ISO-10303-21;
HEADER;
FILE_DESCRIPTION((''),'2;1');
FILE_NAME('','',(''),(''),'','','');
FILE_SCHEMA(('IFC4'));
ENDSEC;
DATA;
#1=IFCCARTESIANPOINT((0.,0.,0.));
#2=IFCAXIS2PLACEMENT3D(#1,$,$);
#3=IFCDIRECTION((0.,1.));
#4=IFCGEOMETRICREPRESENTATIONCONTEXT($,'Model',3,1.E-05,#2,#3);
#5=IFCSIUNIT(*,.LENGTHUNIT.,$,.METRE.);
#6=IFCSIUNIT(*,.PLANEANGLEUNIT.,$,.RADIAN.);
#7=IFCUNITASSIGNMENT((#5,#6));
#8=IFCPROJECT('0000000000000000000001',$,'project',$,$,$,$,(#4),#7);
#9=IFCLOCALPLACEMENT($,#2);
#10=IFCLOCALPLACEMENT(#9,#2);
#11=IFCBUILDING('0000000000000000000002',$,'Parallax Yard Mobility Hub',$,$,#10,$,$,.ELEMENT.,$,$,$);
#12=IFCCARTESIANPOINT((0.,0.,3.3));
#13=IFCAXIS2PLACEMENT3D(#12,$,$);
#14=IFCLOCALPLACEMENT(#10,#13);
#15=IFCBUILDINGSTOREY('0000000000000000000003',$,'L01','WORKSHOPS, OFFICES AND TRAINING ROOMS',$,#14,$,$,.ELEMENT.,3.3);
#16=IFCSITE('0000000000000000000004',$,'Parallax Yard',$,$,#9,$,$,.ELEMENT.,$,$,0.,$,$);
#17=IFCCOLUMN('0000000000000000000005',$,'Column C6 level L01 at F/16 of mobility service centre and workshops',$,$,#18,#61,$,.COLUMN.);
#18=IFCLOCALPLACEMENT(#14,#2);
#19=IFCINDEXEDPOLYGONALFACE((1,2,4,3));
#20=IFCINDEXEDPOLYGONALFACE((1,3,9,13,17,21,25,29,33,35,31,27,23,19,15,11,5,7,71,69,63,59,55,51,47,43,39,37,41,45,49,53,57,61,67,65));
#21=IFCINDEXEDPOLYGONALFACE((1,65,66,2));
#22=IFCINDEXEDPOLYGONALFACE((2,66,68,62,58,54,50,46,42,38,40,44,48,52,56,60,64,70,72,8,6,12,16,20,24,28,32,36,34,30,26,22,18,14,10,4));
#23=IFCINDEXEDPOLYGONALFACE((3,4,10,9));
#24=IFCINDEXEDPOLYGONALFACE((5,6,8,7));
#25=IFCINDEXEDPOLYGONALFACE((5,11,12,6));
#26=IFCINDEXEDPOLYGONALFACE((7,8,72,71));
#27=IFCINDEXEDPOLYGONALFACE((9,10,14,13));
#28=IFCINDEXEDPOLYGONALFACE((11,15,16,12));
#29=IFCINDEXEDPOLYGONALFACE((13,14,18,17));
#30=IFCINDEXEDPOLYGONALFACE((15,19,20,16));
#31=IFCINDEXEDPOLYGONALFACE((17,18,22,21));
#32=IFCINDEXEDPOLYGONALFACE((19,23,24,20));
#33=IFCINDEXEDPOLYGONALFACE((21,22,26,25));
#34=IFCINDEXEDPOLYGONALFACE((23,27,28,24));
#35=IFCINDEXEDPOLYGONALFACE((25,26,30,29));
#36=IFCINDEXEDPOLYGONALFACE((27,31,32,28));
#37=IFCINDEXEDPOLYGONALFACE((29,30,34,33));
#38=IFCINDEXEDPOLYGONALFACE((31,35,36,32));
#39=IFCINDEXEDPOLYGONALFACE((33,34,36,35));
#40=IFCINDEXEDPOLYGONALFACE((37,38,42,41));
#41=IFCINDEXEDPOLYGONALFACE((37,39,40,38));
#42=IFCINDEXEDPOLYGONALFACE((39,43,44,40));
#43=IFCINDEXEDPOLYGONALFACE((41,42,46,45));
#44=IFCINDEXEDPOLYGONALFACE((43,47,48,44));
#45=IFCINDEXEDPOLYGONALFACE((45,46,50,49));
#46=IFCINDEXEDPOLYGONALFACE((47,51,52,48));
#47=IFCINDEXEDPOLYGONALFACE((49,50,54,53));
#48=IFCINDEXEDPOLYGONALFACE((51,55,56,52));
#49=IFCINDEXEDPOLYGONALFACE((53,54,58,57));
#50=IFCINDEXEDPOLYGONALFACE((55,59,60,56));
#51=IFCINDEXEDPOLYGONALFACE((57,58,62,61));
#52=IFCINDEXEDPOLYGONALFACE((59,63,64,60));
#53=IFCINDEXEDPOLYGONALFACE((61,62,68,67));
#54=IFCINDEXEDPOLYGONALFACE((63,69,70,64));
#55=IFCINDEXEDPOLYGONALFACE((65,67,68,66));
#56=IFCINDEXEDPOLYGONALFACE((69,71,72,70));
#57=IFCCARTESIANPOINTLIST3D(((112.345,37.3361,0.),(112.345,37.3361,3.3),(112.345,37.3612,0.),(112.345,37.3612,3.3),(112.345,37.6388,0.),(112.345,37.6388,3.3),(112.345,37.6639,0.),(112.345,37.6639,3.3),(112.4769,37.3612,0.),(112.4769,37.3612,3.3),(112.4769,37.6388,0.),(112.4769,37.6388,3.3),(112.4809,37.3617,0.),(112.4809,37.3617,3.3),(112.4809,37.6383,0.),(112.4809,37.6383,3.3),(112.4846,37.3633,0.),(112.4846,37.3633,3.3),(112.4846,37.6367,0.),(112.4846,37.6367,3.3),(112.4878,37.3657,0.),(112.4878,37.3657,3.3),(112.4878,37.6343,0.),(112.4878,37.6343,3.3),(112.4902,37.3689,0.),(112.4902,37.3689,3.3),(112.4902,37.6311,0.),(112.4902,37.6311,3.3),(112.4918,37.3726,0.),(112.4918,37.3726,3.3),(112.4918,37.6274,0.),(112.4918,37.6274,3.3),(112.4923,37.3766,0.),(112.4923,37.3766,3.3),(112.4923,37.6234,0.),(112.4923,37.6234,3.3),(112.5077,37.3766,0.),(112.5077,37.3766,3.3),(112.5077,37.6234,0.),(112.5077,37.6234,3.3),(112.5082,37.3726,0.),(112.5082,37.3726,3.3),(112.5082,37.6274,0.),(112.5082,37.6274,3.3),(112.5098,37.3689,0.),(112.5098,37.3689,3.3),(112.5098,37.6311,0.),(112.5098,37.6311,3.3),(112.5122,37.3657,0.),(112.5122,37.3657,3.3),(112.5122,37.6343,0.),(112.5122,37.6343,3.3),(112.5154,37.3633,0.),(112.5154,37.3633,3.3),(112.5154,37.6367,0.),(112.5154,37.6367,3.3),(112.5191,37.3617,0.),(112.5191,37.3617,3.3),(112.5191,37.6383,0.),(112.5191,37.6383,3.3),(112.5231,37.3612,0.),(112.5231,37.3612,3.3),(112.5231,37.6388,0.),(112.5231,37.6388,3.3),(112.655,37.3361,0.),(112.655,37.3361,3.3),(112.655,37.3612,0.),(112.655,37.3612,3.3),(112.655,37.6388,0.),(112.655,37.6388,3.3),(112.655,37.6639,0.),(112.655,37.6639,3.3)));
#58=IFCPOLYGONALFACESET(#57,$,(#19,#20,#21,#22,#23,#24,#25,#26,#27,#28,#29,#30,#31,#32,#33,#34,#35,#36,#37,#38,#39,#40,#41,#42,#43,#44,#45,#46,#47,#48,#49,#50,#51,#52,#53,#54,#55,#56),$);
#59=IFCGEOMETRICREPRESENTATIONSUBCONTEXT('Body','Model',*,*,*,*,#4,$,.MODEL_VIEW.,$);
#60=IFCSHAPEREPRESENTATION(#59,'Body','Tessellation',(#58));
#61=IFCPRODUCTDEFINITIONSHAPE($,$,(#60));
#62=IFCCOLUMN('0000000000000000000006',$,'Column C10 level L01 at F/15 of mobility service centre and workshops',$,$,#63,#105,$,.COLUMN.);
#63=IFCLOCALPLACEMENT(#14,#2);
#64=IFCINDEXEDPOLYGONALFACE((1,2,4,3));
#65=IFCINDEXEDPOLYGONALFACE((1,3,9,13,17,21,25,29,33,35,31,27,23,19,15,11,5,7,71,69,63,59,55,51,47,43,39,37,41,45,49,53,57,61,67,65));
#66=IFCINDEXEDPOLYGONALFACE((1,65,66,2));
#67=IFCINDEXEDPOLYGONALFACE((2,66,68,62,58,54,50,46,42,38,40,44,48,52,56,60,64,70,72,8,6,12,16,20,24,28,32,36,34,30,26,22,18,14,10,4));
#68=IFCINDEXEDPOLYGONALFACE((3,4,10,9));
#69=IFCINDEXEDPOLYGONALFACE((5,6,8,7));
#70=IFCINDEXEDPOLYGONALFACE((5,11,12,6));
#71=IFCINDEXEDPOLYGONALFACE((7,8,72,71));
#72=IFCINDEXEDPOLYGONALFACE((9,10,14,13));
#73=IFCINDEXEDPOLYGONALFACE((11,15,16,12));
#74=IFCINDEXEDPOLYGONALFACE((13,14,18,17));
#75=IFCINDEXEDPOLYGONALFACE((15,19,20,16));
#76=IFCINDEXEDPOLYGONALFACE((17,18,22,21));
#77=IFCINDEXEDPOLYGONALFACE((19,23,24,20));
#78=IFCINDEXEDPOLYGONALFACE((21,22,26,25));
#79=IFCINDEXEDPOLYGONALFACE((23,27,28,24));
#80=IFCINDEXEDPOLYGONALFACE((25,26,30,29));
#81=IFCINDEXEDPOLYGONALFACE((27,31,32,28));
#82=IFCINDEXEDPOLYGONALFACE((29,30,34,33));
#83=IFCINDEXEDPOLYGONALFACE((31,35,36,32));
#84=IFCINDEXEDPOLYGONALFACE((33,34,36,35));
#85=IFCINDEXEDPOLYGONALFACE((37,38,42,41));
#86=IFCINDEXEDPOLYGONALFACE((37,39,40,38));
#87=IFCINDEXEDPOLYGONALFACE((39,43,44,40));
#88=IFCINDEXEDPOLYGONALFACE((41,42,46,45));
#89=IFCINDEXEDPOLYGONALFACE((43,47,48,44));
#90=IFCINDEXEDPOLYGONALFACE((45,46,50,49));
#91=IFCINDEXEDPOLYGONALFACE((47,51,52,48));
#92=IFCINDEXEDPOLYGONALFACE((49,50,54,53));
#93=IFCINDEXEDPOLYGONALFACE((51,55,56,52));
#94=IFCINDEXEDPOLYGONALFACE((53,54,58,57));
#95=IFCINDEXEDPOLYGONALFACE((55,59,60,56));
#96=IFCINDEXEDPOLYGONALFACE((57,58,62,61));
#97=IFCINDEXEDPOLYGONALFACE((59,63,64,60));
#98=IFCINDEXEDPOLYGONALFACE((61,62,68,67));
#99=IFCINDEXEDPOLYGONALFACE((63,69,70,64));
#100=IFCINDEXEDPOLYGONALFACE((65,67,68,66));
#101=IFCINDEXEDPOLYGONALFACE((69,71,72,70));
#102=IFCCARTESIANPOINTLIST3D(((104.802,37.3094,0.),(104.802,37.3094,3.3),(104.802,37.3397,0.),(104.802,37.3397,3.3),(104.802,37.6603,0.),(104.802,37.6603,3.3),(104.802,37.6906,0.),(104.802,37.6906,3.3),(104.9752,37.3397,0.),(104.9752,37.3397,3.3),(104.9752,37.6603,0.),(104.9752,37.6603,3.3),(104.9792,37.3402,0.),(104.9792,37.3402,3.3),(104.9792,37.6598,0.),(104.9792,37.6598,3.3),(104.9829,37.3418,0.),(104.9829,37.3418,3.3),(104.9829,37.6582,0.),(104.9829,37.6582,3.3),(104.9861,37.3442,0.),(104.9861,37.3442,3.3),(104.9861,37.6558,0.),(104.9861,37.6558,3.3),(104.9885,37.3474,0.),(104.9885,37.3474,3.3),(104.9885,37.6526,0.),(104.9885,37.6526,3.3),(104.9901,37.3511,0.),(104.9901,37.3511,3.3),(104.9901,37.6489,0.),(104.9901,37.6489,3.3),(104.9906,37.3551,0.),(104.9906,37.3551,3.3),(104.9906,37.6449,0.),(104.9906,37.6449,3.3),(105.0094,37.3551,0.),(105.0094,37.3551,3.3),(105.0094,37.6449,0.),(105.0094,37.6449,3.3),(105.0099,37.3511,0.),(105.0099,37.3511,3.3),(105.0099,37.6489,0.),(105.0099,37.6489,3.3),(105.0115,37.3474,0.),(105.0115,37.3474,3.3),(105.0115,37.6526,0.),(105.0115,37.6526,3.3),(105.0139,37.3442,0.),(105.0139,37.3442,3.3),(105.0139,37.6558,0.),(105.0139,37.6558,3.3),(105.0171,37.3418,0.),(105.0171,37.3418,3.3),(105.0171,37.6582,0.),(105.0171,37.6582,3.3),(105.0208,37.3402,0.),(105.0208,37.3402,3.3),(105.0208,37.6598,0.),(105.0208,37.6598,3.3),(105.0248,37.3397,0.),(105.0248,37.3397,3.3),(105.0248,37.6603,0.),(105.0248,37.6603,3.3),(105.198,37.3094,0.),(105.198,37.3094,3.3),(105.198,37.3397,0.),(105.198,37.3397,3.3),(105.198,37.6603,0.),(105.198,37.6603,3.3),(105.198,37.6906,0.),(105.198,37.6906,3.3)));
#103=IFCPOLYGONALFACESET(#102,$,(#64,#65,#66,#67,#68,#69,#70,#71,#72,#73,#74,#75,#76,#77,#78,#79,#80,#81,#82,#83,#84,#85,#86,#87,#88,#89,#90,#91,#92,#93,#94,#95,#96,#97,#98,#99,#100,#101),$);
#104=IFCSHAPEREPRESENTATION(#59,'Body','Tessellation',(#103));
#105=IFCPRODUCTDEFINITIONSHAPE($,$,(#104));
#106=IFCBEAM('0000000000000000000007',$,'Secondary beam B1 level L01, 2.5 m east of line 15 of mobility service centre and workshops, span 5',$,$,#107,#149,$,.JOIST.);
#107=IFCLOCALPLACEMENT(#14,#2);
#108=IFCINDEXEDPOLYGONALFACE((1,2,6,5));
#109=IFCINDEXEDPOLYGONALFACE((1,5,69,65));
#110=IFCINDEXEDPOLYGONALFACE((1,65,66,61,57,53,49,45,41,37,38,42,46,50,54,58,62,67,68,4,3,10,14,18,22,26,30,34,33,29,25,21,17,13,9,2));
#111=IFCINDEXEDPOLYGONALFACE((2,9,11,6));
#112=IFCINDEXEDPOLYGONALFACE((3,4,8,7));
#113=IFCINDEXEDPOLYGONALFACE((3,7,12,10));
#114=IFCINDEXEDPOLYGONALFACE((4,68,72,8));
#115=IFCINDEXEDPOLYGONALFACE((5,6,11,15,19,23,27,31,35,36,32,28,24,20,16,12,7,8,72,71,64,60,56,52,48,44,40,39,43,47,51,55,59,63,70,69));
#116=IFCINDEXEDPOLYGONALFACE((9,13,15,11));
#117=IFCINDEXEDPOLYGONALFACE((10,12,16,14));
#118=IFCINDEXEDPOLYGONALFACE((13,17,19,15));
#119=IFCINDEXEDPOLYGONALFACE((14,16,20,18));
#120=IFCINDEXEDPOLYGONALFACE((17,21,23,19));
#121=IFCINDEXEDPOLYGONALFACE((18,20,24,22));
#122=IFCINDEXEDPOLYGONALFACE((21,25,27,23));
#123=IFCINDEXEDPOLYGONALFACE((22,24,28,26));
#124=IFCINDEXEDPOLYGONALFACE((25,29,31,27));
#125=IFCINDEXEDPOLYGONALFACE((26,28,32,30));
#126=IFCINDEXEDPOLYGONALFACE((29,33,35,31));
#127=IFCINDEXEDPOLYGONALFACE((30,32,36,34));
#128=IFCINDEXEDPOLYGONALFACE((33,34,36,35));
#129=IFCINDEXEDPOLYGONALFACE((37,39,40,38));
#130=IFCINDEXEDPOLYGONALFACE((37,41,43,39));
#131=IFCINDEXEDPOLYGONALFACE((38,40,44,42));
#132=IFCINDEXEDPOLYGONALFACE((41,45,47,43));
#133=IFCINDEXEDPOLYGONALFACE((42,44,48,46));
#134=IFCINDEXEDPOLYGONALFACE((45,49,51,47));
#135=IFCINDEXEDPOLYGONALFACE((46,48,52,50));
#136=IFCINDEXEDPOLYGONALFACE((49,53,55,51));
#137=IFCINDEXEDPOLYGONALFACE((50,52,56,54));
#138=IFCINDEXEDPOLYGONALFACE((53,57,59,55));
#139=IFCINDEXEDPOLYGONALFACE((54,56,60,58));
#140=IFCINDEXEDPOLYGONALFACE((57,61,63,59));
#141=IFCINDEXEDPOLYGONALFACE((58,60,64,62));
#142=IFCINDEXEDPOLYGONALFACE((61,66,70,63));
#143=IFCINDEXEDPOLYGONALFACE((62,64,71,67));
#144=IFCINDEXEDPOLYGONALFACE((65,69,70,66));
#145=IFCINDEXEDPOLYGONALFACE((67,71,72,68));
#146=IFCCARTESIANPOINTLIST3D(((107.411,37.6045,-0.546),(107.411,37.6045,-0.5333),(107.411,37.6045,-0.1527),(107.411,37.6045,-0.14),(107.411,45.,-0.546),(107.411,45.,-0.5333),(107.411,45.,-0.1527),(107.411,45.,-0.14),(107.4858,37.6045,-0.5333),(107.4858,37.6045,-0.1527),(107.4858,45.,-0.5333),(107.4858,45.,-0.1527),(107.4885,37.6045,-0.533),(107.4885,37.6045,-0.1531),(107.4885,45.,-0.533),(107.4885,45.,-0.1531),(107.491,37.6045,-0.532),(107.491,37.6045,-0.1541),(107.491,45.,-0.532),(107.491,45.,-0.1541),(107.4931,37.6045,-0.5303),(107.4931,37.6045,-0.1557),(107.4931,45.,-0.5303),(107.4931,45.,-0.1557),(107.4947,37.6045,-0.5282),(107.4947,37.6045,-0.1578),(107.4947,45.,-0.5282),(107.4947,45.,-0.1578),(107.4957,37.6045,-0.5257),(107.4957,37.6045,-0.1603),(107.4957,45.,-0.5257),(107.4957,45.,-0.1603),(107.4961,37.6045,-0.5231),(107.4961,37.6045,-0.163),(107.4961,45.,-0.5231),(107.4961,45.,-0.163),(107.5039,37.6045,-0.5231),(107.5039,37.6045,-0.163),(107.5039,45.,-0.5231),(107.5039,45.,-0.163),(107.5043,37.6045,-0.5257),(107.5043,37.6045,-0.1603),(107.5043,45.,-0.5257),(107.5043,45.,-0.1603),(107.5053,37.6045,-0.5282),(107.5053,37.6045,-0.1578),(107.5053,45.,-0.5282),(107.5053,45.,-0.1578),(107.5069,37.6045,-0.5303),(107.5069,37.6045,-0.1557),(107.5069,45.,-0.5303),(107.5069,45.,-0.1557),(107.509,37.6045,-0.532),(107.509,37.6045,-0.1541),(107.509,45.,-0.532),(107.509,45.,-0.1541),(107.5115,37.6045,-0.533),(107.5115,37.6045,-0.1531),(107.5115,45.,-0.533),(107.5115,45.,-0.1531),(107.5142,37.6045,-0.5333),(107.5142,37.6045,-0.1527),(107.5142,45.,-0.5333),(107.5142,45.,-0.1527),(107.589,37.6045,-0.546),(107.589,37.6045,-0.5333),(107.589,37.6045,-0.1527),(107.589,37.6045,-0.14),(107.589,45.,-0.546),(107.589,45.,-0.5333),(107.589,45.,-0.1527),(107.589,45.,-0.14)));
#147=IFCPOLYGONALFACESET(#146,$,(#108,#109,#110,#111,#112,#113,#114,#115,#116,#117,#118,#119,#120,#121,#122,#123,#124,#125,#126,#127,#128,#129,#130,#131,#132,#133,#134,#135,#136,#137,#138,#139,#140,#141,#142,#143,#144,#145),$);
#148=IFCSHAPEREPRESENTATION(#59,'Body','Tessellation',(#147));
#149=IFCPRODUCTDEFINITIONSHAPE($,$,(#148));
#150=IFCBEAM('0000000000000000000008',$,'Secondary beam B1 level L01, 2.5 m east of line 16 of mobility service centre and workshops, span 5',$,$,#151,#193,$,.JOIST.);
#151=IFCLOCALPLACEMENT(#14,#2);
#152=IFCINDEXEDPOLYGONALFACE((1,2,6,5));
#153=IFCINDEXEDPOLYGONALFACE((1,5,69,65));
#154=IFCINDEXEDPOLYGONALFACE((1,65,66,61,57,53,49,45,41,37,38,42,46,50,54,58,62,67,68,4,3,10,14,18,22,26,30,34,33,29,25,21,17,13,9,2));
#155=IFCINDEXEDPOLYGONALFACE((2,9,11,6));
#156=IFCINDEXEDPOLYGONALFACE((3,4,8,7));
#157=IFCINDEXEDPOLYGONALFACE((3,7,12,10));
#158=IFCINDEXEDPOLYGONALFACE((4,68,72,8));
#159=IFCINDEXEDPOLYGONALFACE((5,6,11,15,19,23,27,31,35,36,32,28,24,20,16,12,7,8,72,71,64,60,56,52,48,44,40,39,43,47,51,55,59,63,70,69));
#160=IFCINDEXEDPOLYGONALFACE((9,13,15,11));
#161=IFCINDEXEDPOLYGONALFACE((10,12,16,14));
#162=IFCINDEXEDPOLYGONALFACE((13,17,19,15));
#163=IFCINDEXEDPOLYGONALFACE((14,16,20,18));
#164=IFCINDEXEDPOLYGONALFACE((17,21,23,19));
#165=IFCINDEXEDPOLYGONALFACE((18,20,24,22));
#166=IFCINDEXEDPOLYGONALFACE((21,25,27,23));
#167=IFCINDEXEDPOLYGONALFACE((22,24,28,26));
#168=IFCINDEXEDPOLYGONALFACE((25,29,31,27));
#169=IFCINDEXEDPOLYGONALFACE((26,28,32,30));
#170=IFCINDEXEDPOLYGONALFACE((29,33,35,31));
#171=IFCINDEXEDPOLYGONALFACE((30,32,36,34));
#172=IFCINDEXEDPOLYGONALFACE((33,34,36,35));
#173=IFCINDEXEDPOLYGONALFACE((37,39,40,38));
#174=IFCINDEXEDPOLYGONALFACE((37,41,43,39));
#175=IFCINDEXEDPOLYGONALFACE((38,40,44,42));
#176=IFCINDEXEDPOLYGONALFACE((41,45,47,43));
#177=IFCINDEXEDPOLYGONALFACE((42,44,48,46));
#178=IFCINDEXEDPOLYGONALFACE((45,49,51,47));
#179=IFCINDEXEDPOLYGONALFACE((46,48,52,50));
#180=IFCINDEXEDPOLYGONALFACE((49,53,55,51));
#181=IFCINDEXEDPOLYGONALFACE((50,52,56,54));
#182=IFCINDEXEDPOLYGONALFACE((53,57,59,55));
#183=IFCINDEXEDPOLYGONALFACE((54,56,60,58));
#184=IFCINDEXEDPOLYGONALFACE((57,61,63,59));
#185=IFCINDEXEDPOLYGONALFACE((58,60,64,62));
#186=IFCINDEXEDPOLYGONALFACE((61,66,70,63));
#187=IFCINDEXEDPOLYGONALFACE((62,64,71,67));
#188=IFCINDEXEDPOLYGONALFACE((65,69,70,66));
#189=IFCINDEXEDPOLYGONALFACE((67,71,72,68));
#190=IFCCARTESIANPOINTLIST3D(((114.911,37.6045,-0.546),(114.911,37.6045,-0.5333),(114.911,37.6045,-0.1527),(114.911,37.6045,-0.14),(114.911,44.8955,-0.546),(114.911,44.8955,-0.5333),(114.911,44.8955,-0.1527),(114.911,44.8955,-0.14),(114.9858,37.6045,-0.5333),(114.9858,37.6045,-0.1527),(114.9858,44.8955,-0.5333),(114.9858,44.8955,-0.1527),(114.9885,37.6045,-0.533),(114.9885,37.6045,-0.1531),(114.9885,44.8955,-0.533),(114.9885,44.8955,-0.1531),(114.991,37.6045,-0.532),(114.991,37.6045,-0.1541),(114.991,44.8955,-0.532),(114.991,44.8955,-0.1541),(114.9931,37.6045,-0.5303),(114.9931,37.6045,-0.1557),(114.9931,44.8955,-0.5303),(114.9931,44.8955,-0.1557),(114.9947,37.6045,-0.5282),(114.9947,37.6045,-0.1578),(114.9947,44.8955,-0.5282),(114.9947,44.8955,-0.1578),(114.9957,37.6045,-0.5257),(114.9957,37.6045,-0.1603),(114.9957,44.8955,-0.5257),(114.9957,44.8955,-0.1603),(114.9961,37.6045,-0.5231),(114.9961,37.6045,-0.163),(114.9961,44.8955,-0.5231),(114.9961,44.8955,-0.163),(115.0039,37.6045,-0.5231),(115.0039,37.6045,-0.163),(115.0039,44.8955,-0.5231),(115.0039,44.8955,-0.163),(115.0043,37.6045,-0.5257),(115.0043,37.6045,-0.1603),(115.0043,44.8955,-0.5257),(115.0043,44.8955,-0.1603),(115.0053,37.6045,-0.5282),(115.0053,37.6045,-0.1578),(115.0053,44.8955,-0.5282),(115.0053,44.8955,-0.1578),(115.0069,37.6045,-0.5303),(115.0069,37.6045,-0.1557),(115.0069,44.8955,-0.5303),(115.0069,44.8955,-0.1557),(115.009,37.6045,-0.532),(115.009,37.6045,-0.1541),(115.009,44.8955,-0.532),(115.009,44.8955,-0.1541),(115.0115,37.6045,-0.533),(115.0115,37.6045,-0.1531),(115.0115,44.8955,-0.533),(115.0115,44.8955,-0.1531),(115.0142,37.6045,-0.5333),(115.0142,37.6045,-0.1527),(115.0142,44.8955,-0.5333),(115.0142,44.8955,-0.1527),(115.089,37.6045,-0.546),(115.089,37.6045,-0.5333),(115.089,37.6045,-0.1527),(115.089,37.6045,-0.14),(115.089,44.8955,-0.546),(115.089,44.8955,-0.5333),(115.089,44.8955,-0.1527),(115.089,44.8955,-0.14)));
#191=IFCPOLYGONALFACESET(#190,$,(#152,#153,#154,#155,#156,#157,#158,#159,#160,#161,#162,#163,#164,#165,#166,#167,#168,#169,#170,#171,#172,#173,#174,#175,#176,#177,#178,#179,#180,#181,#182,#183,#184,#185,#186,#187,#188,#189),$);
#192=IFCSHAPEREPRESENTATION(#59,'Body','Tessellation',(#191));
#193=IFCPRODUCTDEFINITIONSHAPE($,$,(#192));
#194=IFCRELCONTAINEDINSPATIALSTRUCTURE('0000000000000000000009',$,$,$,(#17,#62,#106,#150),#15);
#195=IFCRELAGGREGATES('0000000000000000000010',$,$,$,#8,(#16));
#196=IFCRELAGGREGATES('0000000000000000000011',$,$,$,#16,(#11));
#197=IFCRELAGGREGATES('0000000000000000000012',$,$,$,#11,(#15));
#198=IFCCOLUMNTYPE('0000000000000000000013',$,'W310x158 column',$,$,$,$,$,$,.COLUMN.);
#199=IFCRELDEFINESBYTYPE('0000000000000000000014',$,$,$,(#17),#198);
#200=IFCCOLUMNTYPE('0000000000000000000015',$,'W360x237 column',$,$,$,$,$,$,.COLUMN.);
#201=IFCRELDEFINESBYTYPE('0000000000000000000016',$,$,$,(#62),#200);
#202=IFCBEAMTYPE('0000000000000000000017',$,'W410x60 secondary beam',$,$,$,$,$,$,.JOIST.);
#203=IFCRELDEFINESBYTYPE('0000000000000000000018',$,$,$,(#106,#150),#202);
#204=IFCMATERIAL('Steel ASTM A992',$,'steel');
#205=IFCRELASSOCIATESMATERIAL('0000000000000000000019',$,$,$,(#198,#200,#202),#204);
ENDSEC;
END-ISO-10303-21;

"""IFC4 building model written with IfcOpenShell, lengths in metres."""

from ifc_helpers import new_model, si_unit, direction, frame, origin, origin_2d, place, context, subcontext, project, spatial, i_section, extrude, material, material_profile, profile_set, type_object, element, save


model = new_model("IFC4")

# Units and contexts
model_context = context("Model", 3, precision=1e-05, world=origin(), true_north=direction((0.0, 1.0)))
body_context = subcontext(model_context, "Body", "Model", "MODEL_VIEW")
ifc_project = project(units=[si_unit("LENGTHUNIT", "METRE"), si_unit("PLANEANGLEUNIT", "RADIAN")], contexts=[model_context])

# Site, building, storey
site_placement = place(None, origin())
site = spatial("IfcSite", under=ifc_project, at=site_placement, Name="Parallax Yard", CompositionType="ELEMENT", RefElevation=0.0)
building_placement = place(site_placement, origin())
building = spatial("IfcBuilding", under=site, at=building_placement, Name="Parallax Yard Mobility Hub", CompositionType="ELEMENT")
storey_placement = place(building_placement, frame((0.0, 0.0, 3.3)))
storey = spatial("IfcBuildingStorey", under=building, at=storey_placement, Name="L01", Description="WORKSHOPS, OFFICES AND TRAINING ROOMS", CompositionType="ELEMENT", Elevation=3.3)

# Columns
ifc_material_1 = material(Name="Steel ASTM A992", Category="steel")
ifc_material_profile_1 = material_profile(ifc_material_1, i_section(OverallWidth=0.3101, OverallDepth=0.3279, WebThickness=0.0154, FlangeThickness=0.0251, FilletRadius=0.0154, at=origin_2d()), Name="W310x158")
ifc_profile_set_1 = profile_set([ifc_material_profile_1], Name="Steel ASTM A992")
column_type_1 = type_object("IfcColumnType", Name="W310x158 column", PredefinedType="COLUMN", material=ifc_profile_set_1)
column_1_placement = place(storey_placement, frame((112.5, 37.5, 0.0), z_axis=(0.0, 0.0, 1.0), x_axis=(1.0, 0.0, 0.0)))
element("IfcColumn", 1, at=column_1_placement, inside=storey, type_object=column_type_1, Name="Column C6 level L01 at F/16 of mobility service centre and workshops", PredefinedType="COLUMN", context=body_context, shape_type="SweptSolid", body=[
    extrude(i_section(OverallWidth=0.3101, OverallDepth=0.3279, WebThickness=0.0154, FlangeThickness=0.0251, FilletRadius=0.0154, at=origin_2d()), origin(), (0.0, 0.0, 1.0), 3.3),
])
ifc_material_profile_2 = material_profile(ifc_material_1, i_section(OverallWidth=0.396, OverallDepth=0.3811, WebThickness=0.0188, FlangeThickness=0.0303, FilletRadius=0.0154, at=origin_2d()), Name="W360x237")
ifc_profile_set_2 = profile_set([ifc_material_profile_2], Name="Steel ASTM A992")
column_type_2 = type_object("IfcColumnType", Name="W360x237 column", PredefinedType="COLUMN", material=ifc_profile_set_2)
column_2_placement = place(storey_placement, frame((105.0, 37.5, 0.0), z_axis=(0.0, 0.0, 1.0), x_axis=(1.0, 0.0, 0.0)))
element("IfcColumn", 2, at=column_2_placement, inside=storey, type_object=column_type_2, Name="Column C10 level L01 at F/15 of mobility service centre and workshops", PredefinedType="COLUMN", context=body_context, shape_type="SweptSolid", body=[
    extrude(i_section(OverallWidth=0.396, OverallDepth=0.3811, WebThickness=0.0188, FlangeThickness=0.0303, FilletRadius=0.0154, at=origin_2d()), origin(), (0.0, 0.0, 1.0), 3.3),
])

# Beams
ifc_material_profile_3 = material_profile(ifc_material_1, i_section(OverallWidth=0.178, OverallDepth=0.406, WebThickness=0.0078, FlangeThickness=0.0127, FilletRadius=0.0103, at=origin_2d()), Name="W410x60")
ifc_profile_set_3 = profile_set([ifc_material_profile_3], Name="Steel ASTM A992")
beam_type_1 = type_object("IfcBeamType", Name="W410x60 secondary beam", PredefinedType="JOIST", material=ifc_profile_set_3)
beam_1_placement = place(storey_placement, frame((107.5, 37.6045, -0.343), z_axis=(0.0, 1.0, 0.0), x_axis=(-1.0, 0.0, 0.0)))
element("IfcBeam", 3, at=beam_1_placement, inside=storey, type_object=beam_type_1, Name="Secondary beam B1 level L01, 2.5 m east of line 15 of mobility service centre and workshops, span 5", PredefinedType="JOIST", context=body_context, shape_type="SweptSolid", body=[
    extrude(i_section(OverallWidth=0.178, OverallDepth=0.406, WebThickness=0.0078, FlangeThickness=0.0127, FilletRadius=0.0103, at=origin_2d()), origin(), (0.0, 0.0, 1.0), 7.3955),
])
beam_2_placement = place(storey_placement, frame((115.0, 37.6045, -0.343), z_axis=(0.0, 1.0, 0.0), x_axis=(-1.0, 0.0, 0.0)))
element("IfcBeam", 4, at=beam_2_placement, inside=storey, type_object=beam_type_1, Name="Secondary beam B1 level L01, 2.5 m east of line 16 of mobility service centre and workshops, span 5", PredefinedType="JOIST", context=body_context, shape_type="SweptSolid", body=[
    extrude(i_section(OverallWidth=0.178, OverallDepth=0.406, WebThickness=0.0078, FlangeThickness=0.0127, FilletRadius=0.0103, at=origin_2d()), origin(), (0.0, 0.0, 1.0), 7.291),
])

save(model, "model.ifc")
